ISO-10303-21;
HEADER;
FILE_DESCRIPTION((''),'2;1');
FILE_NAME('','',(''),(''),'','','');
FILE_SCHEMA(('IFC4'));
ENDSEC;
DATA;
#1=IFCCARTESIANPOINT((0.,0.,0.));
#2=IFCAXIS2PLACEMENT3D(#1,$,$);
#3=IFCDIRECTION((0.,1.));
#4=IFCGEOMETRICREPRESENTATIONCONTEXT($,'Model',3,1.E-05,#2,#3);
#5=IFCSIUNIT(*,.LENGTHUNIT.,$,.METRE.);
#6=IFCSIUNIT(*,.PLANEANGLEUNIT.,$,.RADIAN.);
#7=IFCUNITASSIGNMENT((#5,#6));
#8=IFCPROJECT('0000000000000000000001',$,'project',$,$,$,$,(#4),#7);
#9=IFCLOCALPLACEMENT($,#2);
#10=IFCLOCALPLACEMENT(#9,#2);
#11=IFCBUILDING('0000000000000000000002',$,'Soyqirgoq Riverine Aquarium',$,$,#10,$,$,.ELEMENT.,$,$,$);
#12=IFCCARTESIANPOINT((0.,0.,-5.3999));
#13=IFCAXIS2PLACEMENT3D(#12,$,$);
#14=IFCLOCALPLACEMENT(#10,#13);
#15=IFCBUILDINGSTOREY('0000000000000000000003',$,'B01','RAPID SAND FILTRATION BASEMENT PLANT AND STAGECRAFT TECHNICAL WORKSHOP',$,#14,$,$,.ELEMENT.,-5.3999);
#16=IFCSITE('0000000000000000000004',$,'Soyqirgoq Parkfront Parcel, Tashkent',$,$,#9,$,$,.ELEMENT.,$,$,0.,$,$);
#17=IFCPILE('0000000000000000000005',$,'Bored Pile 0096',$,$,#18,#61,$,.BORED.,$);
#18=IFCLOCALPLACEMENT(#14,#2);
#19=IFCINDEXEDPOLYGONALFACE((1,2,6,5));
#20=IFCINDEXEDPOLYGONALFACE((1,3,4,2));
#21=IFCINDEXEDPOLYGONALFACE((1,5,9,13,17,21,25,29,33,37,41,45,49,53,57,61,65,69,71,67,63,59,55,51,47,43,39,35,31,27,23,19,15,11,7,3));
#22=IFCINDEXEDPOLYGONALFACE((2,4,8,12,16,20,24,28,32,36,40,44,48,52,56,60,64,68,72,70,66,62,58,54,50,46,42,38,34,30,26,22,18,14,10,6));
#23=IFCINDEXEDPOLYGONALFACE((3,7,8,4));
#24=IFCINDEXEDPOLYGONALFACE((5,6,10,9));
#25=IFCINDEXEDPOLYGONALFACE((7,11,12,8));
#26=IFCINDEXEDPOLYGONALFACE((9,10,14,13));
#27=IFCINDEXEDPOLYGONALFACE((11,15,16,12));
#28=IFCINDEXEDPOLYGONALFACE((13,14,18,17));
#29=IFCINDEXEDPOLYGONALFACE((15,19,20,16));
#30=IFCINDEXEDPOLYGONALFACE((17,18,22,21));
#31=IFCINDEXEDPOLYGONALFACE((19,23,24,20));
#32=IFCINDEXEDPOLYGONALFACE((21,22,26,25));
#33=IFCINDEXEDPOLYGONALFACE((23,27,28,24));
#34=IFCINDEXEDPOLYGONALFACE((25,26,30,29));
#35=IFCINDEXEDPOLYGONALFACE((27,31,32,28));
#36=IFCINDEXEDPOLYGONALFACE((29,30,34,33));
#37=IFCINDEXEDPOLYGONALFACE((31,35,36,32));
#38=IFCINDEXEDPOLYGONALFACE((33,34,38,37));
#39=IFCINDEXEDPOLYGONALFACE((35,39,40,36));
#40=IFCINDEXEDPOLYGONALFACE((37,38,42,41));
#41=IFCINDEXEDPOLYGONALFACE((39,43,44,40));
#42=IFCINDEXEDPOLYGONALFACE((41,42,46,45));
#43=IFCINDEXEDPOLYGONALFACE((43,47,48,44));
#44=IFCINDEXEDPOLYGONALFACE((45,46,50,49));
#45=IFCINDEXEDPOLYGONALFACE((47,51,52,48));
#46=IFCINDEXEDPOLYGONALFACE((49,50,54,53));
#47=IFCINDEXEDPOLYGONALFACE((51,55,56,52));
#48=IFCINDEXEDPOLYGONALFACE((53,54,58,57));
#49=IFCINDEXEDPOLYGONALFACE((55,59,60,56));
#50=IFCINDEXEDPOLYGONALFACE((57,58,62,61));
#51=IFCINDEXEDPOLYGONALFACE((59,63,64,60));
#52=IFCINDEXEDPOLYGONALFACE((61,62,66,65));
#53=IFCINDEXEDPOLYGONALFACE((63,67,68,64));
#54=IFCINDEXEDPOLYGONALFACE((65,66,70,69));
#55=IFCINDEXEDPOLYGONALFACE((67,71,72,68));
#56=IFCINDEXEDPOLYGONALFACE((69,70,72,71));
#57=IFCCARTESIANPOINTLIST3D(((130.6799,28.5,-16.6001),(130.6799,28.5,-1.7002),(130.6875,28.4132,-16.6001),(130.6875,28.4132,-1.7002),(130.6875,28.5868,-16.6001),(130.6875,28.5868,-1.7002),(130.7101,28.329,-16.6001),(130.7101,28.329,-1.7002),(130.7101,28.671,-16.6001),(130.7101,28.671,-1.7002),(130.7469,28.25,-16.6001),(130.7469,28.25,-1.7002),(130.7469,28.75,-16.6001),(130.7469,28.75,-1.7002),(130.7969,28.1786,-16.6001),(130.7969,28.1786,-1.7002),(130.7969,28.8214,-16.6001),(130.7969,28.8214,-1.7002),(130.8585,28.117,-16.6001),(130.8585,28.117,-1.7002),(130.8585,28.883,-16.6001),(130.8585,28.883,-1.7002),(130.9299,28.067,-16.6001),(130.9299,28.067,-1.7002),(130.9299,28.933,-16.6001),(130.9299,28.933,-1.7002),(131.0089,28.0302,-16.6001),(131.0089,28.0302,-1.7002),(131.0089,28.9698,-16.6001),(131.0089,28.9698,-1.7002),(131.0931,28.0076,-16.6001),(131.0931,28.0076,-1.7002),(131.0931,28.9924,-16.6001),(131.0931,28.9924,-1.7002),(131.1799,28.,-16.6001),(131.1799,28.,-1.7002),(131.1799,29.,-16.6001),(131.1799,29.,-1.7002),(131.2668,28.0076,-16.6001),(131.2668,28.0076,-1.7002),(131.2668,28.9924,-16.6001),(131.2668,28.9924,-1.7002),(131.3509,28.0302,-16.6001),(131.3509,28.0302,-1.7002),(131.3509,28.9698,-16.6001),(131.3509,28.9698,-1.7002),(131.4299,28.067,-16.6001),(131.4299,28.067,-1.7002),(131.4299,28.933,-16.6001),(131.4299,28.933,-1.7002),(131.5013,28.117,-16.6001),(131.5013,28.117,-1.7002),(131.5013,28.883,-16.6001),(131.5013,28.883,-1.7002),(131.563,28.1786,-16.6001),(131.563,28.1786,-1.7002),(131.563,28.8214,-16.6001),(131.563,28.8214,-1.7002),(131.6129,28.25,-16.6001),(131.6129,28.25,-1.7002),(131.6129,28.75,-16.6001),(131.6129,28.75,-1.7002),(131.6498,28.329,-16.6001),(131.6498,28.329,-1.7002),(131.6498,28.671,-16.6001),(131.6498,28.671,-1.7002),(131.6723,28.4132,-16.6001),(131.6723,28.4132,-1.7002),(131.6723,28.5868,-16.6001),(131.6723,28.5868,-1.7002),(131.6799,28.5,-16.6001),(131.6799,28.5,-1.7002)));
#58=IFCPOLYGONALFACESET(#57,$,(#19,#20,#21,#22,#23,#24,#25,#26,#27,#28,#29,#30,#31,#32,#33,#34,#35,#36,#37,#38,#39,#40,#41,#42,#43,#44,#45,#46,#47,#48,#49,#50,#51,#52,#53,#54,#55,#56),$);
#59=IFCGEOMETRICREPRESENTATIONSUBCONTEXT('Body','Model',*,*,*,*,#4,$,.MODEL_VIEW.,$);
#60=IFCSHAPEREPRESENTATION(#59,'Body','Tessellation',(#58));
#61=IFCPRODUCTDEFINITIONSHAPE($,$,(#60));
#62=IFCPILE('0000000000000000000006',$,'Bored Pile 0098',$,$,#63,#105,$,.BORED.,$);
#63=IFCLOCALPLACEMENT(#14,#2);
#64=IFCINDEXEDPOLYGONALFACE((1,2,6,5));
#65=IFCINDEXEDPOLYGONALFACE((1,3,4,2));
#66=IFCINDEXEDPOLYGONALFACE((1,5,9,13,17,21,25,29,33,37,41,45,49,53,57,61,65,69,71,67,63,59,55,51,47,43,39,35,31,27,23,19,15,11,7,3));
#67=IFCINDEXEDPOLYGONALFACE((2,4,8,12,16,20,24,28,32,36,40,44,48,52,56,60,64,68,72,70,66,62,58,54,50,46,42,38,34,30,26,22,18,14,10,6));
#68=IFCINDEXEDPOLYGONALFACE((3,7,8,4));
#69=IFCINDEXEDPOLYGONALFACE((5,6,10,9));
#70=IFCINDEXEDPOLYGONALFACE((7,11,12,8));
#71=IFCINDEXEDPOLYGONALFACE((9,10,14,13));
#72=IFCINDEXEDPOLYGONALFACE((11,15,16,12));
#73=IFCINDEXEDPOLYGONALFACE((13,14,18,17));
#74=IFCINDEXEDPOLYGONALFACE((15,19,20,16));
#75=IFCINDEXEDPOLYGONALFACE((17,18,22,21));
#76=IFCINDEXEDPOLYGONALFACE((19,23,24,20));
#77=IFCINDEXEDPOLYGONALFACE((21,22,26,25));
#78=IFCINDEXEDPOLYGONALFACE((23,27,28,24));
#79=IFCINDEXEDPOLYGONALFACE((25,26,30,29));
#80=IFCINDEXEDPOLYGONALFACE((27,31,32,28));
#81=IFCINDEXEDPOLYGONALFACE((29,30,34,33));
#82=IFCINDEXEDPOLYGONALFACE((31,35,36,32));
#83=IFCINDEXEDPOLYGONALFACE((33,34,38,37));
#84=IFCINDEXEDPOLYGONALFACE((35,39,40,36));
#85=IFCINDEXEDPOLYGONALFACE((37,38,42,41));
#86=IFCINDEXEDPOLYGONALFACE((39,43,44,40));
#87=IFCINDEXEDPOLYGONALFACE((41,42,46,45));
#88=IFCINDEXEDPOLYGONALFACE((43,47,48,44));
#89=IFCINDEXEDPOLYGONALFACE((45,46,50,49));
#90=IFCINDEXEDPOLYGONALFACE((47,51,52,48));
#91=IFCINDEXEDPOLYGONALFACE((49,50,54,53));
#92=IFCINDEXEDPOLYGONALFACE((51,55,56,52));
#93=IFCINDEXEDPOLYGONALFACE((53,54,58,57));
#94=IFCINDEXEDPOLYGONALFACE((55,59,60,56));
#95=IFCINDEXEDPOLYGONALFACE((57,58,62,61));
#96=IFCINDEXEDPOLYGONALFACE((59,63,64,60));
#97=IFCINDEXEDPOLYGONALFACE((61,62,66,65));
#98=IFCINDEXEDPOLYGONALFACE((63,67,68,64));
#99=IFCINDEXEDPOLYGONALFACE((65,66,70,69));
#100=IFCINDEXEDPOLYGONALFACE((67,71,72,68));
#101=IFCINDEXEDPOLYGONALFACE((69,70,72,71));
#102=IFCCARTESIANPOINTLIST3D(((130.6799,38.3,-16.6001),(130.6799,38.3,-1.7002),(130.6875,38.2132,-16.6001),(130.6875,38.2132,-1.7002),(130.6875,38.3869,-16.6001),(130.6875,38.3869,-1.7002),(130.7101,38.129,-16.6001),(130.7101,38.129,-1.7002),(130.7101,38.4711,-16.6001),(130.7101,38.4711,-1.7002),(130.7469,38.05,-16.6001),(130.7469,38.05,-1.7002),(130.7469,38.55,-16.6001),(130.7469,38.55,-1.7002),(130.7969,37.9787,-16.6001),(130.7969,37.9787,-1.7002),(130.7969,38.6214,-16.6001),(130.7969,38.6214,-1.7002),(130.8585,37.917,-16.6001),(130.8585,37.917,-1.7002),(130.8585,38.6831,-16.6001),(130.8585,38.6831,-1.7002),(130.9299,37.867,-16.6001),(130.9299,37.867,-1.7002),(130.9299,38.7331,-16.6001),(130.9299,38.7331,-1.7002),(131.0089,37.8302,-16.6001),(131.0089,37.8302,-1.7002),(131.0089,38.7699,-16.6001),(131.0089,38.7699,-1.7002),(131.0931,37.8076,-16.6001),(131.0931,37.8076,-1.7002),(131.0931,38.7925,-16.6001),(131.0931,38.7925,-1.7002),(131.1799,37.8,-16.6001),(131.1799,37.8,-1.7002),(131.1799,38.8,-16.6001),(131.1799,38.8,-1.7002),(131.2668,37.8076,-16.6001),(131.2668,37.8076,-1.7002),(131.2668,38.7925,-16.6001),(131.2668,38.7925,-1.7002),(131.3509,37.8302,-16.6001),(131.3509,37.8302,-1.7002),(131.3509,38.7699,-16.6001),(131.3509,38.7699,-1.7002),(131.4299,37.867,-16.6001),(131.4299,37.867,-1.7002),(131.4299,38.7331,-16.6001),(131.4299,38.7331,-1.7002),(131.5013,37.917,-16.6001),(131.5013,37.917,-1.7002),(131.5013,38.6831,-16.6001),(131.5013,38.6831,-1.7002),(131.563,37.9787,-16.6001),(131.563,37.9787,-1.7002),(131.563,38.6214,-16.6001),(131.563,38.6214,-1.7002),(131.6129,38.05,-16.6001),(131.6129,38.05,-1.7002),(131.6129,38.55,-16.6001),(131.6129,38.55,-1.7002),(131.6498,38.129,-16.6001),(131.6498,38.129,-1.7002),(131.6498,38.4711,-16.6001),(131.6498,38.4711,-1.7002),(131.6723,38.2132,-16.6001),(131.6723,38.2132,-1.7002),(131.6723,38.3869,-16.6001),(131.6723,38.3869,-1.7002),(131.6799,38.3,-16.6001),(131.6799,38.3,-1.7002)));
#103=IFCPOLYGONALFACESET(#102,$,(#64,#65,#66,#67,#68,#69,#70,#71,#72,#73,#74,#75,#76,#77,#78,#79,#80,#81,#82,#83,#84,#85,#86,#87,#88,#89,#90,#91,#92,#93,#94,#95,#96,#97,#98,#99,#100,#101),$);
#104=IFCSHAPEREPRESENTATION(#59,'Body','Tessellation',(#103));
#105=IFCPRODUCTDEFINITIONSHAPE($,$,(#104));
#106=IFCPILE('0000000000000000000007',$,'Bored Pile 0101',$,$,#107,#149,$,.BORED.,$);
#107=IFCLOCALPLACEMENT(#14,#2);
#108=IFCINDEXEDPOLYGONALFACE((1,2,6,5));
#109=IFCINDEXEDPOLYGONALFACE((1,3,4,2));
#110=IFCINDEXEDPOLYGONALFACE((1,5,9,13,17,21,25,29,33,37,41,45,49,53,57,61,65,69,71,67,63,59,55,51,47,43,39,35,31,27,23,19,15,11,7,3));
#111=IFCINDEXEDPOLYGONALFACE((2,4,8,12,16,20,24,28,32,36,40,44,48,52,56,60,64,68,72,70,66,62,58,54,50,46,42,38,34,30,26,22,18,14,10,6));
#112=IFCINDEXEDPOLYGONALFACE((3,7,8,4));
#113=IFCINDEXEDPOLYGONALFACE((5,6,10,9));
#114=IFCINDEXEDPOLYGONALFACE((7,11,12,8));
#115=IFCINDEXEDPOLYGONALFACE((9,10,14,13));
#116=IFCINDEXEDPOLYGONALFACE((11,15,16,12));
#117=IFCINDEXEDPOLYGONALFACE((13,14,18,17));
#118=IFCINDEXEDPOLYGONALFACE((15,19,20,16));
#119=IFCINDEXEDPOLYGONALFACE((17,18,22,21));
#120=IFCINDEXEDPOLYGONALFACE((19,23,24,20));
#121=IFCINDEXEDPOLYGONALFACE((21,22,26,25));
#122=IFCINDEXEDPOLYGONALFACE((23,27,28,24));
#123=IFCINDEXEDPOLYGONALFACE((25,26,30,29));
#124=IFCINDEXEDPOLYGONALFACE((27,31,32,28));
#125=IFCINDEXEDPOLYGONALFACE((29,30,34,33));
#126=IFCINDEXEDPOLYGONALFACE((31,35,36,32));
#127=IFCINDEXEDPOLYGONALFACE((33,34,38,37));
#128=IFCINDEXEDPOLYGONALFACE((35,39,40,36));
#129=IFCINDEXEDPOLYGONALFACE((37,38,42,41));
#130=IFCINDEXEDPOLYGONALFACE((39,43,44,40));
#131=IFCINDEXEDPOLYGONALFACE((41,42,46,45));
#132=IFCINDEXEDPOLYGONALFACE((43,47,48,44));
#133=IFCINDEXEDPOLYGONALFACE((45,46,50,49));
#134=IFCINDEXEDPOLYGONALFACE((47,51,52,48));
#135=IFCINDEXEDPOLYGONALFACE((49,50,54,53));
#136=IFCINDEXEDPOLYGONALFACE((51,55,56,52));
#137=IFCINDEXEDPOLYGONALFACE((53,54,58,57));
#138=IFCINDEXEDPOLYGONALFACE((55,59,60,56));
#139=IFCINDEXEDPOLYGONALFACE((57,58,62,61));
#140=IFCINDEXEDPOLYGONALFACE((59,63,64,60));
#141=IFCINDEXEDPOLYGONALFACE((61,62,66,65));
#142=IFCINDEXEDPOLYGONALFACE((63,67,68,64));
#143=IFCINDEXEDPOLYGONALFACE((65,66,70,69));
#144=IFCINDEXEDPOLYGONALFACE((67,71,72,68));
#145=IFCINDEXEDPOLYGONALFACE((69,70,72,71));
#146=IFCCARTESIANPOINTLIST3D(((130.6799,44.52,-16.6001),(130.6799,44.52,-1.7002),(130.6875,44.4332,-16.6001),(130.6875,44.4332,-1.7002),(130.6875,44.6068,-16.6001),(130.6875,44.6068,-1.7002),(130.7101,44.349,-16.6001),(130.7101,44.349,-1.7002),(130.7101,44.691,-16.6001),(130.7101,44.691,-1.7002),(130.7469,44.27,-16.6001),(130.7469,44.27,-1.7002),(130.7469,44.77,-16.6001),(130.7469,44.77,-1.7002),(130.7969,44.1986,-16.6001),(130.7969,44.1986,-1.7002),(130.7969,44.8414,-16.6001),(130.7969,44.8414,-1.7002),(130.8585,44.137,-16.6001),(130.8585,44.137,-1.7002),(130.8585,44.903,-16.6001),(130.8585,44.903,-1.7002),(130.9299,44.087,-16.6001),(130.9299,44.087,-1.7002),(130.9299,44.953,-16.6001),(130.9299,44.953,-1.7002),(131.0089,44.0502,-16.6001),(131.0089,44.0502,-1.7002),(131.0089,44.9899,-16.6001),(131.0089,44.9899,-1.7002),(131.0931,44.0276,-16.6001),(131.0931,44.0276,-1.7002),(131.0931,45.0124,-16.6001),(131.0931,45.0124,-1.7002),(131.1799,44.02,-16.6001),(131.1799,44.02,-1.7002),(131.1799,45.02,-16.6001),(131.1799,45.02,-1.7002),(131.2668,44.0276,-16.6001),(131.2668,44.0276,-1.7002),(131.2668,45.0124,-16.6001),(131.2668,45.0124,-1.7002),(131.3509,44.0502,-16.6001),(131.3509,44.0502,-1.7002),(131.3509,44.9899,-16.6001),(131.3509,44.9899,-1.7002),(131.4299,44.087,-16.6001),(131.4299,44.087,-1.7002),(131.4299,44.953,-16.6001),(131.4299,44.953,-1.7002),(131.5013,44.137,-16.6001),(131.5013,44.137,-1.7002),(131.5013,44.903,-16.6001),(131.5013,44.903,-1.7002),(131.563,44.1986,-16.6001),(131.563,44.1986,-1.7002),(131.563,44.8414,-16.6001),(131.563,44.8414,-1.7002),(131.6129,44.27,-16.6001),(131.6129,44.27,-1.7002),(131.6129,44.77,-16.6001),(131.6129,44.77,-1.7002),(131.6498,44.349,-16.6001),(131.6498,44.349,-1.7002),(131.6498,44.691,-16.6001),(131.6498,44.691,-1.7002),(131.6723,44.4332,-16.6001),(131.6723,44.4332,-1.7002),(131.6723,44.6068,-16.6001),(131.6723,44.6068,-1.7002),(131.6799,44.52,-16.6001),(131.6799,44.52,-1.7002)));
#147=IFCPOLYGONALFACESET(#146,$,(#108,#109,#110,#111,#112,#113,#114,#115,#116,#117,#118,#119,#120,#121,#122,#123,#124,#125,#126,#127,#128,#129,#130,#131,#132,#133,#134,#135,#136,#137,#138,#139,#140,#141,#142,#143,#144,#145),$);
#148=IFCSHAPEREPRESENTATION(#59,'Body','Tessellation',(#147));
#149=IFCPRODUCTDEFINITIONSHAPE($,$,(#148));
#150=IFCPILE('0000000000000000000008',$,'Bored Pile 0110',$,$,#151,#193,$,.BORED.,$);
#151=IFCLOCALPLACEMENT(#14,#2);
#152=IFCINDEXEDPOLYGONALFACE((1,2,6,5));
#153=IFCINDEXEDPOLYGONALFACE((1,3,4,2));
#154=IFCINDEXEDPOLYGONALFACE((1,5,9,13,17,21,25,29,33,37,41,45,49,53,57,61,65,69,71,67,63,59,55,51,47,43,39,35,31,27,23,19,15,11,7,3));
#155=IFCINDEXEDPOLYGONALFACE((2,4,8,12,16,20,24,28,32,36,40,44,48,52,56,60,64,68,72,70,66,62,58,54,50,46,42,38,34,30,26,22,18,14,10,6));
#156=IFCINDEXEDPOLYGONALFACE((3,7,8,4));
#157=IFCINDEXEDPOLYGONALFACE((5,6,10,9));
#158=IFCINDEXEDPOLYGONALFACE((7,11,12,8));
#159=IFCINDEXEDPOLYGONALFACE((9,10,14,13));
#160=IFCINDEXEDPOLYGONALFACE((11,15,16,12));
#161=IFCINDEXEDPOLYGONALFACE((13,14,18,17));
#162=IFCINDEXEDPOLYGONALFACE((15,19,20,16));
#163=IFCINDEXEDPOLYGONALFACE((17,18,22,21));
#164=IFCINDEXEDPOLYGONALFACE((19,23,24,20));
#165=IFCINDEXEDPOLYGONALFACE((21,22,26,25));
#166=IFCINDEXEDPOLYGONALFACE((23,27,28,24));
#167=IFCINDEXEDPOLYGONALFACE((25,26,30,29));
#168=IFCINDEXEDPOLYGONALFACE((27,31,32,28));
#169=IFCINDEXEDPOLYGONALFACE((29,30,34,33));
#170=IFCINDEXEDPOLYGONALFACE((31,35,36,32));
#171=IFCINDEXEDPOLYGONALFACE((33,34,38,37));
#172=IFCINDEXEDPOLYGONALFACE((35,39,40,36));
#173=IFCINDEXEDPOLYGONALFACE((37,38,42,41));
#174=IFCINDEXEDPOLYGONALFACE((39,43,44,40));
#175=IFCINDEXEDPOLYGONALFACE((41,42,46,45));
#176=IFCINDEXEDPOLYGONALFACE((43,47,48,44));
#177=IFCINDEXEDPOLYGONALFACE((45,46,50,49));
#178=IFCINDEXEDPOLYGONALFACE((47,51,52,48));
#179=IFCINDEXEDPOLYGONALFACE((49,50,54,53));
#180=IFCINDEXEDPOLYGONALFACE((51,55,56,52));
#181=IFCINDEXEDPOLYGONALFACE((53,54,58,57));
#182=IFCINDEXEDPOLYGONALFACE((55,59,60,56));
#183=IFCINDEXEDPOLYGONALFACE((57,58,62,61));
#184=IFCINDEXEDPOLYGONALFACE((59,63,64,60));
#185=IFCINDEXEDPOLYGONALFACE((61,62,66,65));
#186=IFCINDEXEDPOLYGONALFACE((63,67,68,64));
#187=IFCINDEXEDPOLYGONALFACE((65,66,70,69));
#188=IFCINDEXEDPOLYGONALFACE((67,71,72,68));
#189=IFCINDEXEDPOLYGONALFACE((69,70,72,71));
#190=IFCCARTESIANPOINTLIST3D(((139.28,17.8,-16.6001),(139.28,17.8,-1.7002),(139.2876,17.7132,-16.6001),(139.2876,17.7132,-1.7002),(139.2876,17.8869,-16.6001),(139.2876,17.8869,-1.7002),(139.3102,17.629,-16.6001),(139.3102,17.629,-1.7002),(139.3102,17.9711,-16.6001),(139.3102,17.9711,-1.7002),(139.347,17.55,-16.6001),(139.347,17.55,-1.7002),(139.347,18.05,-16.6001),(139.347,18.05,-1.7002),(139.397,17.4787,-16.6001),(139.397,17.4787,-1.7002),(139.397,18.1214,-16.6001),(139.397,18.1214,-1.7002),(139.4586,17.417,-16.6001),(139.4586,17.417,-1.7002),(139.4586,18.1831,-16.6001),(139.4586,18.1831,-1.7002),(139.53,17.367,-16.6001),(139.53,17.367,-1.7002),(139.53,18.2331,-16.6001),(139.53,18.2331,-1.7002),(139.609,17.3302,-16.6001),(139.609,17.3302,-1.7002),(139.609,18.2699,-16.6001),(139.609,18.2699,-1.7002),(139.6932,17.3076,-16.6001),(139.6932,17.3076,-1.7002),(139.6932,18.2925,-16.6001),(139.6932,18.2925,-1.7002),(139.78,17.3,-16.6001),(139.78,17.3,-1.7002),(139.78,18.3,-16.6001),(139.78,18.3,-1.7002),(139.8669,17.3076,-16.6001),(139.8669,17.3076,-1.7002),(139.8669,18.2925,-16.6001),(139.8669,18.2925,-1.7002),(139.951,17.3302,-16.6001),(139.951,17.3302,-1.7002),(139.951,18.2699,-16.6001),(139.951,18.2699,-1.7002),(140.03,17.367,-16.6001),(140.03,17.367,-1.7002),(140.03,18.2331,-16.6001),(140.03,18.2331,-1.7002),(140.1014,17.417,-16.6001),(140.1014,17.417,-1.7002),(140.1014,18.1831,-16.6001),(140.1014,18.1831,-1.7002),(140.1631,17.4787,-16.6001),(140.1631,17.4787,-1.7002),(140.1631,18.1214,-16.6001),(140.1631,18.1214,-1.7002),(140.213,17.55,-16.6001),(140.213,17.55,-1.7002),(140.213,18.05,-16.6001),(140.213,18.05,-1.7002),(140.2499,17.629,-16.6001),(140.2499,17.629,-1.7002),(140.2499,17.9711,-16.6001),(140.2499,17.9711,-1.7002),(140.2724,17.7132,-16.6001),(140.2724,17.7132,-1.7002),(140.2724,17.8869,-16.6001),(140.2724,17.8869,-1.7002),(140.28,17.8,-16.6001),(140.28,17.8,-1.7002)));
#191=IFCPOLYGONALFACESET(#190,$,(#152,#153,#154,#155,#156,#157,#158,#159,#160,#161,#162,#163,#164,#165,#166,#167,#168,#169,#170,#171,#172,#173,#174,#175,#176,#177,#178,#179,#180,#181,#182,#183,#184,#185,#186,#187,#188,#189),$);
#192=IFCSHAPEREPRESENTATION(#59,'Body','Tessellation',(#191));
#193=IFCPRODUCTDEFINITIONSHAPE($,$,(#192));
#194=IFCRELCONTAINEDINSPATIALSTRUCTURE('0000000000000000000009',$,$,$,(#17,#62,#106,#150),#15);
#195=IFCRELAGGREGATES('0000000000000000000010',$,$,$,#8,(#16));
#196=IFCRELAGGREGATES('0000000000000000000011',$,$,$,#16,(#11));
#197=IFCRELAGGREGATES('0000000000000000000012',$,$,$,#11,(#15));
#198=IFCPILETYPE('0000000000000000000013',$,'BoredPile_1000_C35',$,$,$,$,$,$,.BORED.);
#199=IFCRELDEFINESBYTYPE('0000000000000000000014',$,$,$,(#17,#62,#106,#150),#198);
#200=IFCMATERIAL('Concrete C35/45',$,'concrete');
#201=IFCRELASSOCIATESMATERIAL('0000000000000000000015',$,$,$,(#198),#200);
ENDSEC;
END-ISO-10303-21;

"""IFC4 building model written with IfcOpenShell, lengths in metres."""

from ifc_helpers import new_model, si_unit, direction, frame, origin, origin_2d, place, context, subcontext, project, spatial, circle, extrude, material, material_profile, profile_set, type_object, element, save


model = new_model("IFC4")

# Units and contexts
model_context = context("Model", 3, precision=1e-05, world=origin(), true_north=direction((0.0, 1.0)))
body_context = subcontext(model_context, "Body", "Model", "MODEL_VIEW")
ifc_project = project(units=[si_unit("LENGTHUNIT", "METRE"), si_unit("PLANEANGLEUNIT", "RADIAN")], contexts=[model_context])

# Site, building, storey
site_placement = place(None, origin())
site = spatial("IfcSite", under=ifc_project, at=site_placement, Name="Soyqirgoq Parkfront Parcel, Tashkent", CompositionType="ELEMENT", RefElevation=0.0)
building_placement = place(site_placement, origin())
building = spatial("IfcBuilding", under=site, at=building_placement, Name="Soyqirgoq Riverine Aquarium", CompositionType="ELEMENT")
storey_placement = place(building_placement, frame((0.0, 0.0, -5.3999)))
storey = spatial("IfcBuildingStorey", under=building, at=storey_placement, Name="B01", Description="RAPID SAND FILTRATION BASEMENT PLANT AND STAGECRAFT TECHNICAL WORKSHOP", CompositionType="ELEMENT", Elevation=-5.3999)

# Piles
ifc_material_1 = material(Name="Concrete C35/45", Category="concrete")
ifc_material_profile_1 = material_profile(ifc_material_1, circle(Radius=0.5, at=origin_2d()), Name="BP D1000")
ifc_profile_set_1 = profile_set([ifc_material_profile_1], Name="Concrete C35/45")
pile_type_1 = type_object("IfcPileType", Name="BoredPile_1000_C35", PredefinedType="BORED", material=ifc_profile_set_1)
for number, where, z_axis, x_axis, name in (
    (1, (131.1799, 28.5, -1.7002), (0.0, 0.0, -1.0), (1.0, 0.0, 0.0), "Bored Pile 0096"),
    (2, (131.1799, 38.3, -1.7002), (0.0, 0.0, -1.0), (1.0, 0.0, 0.0), "Bored Pile 0098"),
    (3, (131.1799, 44.52, -1.7002), (0.0, 0.0, -1.0), (1.0, 0.0, 0.0), "Bored Pile 0101"),
    (4, (139.78, 17.8, -1.7002), (0.0, 0.0, -1.0), (1.0, 0.0, 0.0), "Bored Pile 0110"),
):
    element("IfcPile", number, at=place(storey_placement, frame(where, z_axis=z_axis, x_axis=x_axis)), inside=storey, type_object=pile_type_1, Name=name, PredefinedType="BORED", context=body_context, shape_type="SweptSolid", body=[
        extrude(circle(Radius=0.5, at=origin_2d()), origin(), (0.0, 0.0, 1.0), 14.8999),
    ])

save(model, "model.ifc")
